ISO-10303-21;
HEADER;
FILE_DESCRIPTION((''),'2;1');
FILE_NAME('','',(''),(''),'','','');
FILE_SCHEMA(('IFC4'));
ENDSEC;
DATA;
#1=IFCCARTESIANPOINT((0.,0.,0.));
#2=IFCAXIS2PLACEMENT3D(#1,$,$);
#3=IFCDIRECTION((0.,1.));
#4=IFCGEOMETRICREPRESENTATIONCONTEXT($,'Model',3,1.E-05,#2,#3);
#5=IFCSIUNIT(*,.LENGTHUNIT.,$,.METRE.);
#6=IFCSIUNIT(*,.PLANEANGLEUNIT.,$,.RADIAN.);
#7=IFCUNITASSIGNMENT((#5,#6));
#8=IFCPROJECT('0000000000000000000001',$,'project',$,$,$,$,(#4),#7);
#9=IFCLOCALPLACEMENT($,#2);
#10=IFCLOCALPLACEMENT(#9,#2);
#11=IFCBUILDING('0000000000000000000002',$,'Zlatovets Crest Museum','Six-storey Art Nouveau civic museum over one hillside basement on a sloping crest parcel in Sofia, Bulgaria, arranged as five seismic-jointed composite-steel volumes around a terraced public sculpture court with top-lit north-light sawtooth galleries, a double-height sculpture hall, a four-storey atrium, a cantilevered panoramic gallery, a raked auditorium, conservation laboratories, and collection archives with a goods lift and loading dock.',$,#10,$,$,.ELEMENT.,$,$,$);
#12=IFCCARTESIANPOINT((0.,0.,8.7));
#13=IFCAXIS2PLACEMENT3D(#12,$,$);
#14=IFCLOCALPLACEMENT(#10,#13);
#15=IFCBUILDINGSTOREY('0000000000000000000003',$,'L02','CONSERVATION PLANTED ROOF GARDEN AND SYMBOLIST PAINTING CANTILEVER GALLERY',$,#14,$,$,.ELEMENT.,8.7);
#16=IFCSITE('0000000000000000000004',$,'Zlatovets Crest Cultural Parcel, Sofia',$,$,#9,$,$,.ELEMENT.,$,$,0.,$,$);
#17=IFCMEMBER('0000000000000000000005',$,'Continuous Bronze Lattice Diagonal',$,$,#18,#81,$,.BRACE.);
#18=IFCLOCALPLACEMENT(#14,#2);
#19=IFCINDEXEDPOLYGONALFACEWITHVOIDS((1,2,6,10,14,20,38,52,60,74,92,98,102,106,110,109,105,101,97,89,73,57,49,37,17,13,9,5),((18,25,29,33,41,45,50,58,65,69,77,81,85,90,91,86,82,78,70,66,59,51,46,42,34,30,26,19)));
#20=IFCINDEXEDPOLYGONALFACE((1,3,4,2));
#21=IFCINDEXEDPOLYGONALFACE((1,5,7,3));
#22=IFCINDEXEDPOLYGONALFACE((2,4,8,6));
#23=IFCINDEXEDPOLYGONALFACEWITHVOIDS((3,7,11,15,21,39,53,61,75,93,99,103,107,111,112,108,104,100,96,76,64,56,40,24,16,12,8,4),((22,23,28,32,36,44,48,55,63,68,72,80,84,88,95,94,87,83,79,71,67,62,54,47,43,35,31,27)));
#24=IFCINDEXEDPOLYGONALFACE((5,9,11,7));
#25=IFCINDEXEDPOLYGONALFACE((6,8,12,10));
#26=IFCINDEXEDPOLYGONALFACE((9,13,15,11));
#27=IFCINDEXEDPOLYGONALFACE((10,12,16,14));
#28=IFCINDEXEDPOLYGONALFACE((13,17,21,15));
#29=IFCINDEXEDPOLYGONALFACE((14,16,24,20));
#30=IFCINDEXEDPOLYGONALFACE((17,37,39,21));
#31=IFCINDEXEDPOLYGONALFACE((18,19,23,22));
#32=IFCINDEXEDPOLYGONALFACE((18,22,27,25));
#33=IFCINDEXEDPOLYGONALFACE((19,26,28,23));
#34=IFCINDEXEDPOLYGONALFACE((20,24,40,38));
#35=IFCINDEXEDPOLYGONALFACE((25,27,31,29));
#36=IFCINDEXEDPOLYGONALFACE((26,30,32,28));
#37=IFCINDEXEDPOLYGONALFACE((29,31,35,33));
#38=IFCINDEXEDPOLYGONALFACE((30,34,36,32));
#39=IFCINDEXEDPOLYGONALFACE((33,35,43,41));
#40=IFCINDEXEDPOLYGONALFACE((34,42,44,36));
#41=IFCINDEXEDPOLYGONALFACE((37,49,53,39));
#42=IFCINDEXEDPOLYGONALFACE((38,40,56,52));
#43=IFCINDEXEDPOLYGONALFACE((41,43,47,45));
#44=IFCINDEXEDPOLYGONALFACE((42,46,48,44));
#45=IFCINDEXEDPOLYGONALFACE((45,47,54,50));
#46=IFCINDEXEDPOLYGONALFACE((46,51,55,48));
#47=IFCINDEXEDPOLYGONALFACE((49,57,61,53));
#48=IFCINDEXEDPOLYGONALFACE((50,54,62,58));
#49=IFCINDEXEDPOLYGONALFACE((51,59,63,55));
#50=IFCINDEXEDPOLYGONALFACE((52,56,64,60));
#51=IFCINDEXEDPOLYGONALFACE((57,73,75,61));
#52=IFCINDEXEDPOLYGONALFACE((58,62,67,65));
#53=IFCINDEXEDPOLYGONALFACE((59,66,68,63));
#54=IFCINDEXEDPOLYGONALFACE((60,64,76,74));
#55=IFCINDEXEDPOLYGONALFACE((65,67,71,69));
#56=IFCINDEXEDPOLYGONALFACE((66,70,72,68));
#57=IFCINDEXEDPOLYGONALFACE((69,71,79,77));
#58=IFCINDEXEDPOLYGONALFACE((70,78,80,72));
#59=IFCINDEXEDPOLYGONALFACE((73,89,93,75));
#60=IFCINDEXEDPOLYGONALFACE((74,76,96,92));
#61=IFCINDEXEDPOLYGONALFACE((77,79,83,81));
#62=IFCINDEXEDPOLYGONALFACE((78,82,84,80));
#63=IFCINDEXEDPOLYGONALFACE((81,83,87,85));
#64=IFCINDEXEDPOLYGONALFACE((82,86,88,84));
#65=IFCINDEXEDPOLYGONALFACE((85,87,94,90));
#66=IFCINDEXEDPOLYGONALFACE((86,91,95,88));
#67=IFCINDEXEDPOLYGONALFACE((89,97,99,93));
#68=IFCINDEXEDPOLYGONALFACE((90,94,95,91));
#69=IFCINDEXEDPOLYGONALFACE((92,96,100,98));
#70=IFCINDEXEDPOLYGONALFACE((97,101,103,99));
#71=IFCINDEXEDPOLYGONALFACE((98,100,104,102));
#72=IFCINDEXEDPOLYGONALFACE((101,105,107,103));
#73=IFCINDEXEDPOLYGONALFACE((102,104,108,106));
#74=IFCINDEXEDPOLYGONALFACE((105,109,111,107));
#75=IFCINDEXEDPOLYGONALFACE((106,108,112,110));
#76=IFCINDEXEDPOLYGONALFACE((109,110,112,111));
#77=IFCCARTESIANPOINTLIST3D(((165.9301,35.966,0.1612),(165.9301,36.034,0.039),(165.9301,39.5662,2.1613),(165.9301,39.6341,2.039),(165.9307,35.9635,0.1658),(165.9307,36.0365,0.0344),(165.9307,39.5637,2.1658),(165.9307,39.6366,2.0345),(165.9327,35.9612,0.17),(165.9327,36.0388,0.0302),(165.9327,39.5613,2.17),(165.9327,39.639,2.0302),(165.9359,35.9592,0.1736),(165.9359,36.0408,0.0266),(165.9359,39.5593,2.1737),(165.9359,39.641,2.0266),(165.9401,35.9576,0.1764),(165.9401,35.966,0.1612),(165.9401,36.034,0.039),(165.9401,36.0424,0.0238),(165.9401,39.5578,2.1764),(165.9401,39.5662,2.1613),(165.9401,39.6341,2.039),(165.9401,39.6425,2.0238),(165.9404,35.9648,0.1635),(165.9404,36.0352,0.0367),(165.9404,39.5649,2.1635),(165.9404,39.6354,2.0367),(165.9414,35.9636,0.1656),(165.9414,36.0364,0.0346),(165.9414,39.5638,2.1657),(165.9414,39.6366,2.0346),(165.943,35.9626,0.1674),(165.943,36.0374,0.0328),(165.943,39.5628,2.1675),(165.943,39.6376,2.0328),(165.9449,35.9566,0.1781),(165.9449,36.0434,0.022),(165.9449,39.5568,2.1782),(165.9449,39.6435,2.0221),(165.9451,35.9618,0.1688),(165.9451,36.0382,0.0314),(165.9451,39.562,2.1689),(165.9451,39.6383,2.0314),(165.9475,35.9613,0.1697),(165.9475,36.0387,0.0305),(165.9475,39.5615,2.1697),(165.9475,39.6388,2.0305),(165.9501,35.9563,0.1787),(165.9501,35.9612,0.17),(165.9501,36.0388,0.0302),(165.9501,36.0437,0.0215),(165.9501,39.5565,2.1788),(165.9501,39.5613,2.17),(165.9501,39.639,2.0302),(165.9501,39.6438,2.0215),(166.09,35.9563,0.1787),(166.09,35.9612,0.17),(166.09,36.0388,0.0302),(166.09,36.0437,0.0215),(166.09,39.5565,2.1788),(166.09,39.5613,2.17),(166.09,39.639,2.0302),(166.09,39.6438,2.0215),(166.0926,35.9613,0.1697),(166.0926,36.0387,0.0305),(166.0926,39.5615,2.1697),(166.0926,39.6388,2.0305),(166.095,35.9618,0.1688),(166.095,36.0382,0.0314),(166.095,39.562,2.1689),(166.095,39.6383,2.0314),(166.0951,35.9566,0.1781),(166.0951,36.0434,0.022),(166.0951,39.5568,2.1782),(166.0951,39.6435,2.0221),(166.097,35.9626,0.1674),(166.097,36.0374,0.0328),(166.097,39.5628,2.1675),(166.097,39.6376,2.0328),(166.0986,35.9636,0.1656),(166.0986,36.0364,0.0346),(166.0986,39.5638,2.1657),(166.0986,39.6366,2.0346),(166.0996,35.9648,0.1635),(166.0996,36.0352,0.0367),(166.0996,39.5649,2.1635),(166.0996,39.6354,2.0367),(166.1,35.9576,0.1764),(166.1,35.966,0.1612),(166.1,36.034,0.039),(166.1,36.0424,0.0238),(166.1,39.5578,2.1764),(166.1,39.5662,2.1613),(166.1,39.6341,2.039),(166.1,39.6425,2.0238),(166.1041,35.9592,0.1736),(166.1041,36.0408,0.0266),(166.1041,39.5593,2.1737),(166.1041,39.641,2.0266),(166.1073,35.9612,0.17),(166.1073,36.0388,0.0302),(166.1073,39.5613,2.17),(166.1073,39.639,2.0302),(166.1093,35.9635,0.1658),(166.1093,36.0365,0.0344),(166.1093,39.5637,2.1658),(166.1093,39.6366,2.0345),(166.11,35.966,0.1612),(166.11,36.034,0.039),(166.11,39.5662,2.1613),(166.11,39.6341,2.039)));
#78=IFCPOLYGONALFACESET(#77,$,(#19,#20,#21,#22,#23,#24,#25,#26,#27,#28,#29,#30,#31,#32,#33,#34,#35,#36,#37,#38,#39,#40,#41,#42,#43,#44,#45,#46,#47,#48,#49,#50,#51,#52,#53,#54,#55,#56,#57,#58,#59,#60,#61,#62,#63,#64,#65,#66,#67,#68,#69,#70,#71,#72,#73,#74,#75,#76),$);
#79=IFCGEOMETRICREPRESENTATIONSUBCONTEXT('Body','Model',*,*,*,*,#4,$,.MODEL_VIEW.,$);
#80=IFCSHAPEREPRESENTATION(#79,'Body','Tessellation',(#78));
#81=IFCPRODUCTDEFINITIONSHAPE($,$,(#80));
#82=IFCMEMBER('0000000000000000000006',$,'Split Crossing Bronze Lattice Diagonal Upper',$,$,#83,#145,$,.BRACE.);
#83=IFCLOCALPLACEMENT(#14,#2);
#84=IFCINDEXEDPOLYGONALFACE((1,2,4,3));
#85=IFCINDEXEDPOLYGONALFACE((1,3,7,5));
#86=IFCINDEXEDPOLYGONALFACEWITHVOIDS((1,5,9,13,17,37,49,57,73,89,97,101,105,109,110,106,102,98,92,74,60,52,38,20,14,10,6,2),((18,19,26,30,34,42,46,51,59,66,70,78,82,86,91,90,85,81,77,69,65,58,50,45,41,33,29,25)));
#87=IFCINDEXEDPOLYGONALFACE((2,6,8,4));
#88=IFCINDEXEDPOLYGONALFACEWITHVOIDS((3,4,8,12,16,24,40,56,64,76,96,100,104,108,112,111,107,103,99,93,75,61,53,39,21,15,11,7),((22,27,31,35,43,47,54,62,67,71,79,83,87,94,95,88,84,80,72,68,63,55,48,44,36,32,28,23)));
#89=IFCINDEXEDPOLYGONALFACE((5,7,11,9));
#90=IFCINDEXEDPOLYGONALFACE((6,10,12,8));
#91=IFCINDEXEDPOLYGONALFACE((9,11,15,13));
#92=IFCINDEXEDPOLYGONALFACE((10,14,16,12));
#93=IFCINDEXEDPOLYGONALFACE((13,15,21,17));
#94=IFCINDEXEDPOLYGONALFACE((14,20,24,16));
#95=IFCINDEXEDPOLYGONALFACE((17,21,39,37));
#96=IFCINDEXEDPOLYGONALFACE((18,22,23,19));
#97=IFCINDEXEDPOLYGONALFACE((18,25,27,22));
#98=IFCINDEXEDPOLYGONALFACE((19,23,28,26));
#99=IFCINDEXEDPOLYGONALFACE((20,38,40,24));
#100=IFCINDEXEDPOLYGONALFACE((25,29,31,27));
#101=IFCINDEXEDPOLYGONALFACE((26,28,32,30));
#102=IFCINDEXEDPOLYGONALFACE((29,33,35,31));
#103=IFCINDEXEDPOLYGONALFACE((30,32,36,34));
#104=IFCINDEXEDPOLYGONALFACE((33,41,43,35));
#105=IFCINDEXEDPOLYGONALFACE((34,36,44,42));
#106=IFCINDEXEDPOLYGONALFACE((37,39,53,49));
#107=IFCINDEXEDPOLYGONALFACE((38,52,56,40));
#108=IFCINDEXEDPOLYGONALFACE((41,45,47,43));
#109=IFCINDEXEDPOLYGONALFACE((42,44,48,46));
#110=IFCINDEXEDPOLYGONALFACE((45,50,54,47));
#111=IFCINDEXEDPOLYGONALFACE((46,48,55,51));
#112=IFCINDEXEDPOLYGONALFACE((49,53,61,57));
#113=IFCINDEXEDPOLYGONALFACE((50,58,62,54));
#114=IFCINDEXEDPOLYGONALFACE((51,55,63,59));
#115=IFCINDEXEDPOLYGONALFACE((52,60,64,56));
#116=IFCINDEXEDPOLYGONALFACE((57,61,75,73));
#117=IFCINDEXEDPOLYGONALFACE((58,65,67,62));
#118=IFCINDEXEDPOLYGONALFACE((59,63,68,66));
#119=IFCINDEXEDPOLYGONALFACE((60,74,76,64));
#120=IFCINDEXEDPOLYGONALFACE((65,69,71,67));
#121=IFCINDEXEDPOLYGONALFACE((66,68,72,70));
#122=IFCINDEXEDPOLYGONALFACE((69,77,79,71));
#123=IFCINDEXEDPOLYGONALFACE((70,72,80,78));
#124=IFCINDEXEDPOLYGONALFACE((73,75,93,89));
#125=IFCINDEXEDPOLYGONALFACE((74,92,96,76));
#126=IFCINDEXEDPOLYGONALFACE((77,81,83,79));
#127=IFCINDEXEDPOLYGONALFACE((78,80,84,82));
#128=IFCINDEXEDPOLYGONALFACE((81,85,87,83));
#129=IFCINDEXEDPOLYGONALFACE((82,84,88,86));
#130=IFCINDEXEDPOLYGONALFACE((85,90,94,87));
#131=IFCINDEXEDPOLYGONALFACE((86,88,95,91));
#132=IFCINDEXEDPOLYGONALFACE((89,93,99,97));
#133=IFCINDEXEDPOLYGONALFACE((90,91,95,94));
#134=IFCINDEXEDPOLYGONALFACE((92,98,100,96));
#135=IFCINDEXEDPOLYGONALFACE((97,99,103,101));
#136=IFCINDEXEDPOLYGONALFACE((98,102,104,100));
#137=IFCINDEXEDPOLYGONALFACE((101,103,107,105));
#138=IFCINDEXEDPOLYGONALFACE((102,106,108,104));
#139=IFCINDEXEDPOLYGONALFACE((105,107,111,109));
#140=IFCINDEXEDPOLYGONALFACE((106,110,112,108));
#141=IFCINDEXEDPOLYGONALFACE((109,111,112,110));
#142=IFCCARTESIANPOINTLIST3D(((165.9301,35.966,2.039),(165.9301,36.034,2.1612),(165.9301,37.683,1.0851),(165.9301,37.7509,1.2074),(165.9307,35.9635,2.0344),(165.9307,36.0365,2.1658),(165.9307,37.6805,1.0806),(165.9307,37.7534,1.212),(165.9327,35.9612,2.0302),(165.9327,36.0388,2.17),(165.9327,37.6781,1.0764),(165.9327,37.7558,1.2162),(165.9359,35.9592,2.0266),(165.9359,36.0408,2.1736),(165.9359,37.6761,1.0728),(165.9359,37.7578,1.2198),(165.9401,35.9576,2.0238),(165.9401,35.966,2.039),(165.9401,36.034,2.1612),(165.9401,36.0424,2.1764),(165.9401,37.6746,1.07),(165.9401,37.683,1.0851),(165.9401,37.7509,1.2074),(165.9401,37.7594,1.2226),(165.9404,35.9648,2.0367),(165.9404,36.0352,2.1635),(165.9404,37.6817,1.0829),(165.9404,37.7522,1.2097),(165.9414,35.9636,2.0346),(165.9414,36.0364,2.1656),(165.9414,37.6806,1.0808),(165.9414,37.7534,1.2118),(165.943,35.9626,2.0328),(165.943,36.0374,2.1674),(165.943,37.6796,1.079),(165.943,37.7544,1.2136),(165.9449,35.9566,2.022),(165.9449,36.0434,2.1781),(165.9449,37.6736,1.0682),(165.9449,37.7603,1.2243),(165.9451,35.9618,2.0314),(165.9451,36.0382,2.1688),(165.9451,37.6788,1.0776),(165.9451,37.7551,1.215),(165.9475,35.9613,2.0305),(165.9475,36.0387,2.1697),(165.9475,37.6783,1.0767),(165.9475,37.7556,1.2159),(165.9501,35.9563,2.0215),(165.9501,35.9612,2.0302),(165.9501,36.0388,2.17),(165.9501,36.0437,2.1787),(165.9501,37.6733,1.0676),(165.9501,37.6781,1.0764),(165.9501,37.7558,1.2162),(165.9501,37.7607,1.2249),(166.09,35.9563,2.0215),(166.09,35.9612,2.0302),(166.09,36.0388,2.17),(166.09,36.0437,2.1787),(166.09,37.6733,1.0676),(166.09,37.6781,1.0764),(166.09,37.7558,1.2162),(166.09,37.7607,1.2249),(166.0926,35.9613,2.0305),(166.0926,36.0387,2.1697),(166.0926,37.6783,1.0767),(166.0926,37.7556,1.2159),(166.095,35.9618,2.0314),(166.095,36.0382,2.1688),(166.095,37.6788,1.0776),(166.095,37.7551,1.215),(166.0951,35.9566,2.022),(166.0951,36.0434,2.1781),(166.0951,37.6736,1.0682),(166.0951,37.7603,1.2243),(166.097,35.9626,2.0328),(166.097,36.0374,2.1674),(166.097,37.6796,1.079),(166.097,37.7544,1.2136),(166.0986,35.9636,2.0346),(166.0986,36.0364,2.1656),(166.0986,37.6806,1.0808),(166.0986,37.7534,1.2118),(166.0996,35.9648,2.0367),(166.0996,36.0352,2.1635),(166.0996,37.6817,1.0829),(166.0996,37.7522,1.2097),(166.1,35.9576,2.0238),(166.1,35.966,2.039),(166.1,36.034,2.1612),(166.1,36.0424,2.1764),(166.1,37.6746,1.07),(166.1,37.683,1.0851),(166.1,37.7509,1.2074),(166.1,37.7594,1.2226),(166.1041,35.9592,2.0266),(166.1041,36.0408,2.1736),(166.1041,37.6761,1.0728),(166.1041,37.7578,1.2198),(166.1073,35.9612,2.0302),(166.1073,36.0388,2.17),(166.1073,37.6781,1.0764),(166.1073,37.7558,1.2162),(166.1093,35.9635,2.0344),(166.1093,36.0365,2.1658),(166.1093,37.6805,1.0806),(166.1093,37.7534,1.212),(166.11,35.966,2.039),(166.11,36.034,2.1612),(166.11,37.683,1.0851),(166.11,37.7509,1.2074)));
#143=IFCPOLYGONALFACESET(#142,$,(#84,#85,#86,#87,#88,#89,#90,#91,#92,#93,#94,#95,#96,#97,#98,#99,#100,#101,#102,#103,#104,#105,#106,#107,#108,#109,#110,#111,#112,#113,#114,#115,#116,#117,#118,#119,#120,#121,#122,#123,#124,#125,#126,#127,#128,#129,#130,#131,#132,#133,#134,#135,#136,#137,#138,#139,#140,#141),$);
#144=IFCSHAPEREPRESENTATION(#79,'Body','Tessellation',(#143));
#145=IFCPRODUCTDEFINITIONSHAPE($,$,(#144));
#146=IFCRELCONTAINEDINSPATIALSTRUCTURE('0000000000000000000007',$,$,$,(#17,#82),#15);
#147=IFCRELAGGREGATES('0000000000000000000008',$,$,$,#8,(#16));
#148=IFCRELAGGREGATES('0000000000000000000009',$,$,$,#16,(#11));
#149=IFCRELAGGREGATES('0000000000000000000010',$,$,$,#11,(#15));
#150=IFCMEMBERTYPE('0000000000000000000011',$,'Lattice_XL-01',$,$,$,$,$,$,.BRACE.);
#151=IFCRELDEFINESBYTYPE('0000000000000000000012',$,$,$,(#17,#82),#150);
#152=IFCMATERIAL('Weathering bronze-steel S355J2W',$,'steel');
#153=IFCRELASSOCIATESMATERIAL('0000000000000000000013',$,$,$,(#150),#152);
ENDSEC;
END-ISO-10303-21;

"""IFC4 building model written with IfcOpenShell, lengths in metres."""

from ifc_helpers import new_model, si_unit, direction, frame, origin, origin_2d, place, context, subcontext, project, spatial, hollow_rectangle, extrude, material, material_profile, profile_set, type_object, element, save


model = new_model("IFC4")

# Units and contexts
model_context = context("Model", 3, precision=1e-05, world=origin(), true_north=direction((0.0, 1.0)))
body_context = subcontext(model_context, "Body", "Model", "MODEL_VIEW")
ifc_project = project(units=[si_unit("LENGTHUNIT", "METRE"), si_unit("PLANEANGLEUNIT", "RADIAN")], contexts=[model_context])

# Site, building, storey
site_placement = place(None, origin())
site = spatial("IfcSite", under=ifc_project, at=site_placement, Name="Zlatovets Crest Cultural Parcel, Sofia", CompositionType="ELEMENT", RefElevation=0.0)
building_placement = place(site_placement, origin())
building = spatial("IfcBuilding", under=site, at=building_placement, Name="Zlatovets Crest Museum", Description="Six-storey Art Nouveau civic museum over one hillside basement on a sloping crest parcel in Sofia, Bulgaria, arranged as five seismic-jointed composite-steel volumes around a terraced public sculpture court with top-lit north-light sawtooth galleries, a double-height sculpture hall, a four-storey atrium, a cantilevered panoramic gallery, a raked auditorium, conservation laboratories, and collection archives with a goods lift and loading dock.", CompositionType="ELEMENT")
storey_placement = place(building_placement, frame((0.0, 0.0, 8.7)))
storey = spatial("IfcBuildingStorey", under=building, at=storey_placement, Name="L02", Description="CONSERVATION PLANTED ROOF GARDEN AND SYMBOLIST PAINTING CANTILEVER GALLERY", CompositionType="ELEMENT", Elevation=8.7)

# Members
ifc_material_1 = material(Name="Weathering bronze-steel S355J2W", Category="steel")
ifc_material_profile_1 = material_profile(ifc_material_1, hollow_rectangle(XDim=0.1799, YDim=0.1799, WallThickness=0.01, InnerFilletRadius=0.01, OuterFilletRadius=0.02, at=origin_2d()), Name="SHS 180x180x10.0")
ifc_profile_set_1 = profile_set([ifc_material_profile_1], Name="Weathering bronze-steel S355J2W")
member_type_1 = type_object("IfcMemberType", Name="Lattice_XL-01", PredefinedType="BRACE", material=ifc_profile_set_1)
member_1_placement = place(storey_placement, frame((166.02, 36.0, 0.1001), z_axis=(0.0, 0.874163, 0.485633), x_axis=(-1.0, 0.0, 0.0)))
element("IfcMember", 1, at=member_1_placement, inside=storey, type_object=member_type_1, Name="Continuous Bronze Lattice Diagonal", PredefinedType="BRACE", context=body_context, shape_type="SweptSolid", body=[
    extrude(hollow_rectangle(XDim=0.1799, YDim=0.1799, WallThickness=0.01, InnerFilletRadius=0.01, OuterFilletRadius=0.02, at=origin_2d()), origin(), (0.0, 0.0, 1.0), 4.1184),
])
for number, where, z_axis, x_axis, name in (
    (2, (166.02, 36.0, 2.1001), (0.0, 0.874169, -0.485622), (-1.0, 0.0, 0.0), "Split Crossing Bronze Lattice Diagonal Upper"),
):
    element("IfcMember", number, at=place(storey_placement, frame(where, z_axis=z_axis, x_axis=x_axis)), inside=storey, type_object=member_type_1, Name=name, PredefinedType="BRACE", context=body_context, shape_type="SweptSolid", body=[
        extrude(hollow_rectangle(XDim=0.1799, YDim=0.1799, WallThickness=0.01, InnerFilletRadius=0.01, OuterFilletRadius=0.02, at=origin_2d()), origin(), (0.0, 0.0, 1.0), 1.9641),
    ])

save(model, "model.ifc")
